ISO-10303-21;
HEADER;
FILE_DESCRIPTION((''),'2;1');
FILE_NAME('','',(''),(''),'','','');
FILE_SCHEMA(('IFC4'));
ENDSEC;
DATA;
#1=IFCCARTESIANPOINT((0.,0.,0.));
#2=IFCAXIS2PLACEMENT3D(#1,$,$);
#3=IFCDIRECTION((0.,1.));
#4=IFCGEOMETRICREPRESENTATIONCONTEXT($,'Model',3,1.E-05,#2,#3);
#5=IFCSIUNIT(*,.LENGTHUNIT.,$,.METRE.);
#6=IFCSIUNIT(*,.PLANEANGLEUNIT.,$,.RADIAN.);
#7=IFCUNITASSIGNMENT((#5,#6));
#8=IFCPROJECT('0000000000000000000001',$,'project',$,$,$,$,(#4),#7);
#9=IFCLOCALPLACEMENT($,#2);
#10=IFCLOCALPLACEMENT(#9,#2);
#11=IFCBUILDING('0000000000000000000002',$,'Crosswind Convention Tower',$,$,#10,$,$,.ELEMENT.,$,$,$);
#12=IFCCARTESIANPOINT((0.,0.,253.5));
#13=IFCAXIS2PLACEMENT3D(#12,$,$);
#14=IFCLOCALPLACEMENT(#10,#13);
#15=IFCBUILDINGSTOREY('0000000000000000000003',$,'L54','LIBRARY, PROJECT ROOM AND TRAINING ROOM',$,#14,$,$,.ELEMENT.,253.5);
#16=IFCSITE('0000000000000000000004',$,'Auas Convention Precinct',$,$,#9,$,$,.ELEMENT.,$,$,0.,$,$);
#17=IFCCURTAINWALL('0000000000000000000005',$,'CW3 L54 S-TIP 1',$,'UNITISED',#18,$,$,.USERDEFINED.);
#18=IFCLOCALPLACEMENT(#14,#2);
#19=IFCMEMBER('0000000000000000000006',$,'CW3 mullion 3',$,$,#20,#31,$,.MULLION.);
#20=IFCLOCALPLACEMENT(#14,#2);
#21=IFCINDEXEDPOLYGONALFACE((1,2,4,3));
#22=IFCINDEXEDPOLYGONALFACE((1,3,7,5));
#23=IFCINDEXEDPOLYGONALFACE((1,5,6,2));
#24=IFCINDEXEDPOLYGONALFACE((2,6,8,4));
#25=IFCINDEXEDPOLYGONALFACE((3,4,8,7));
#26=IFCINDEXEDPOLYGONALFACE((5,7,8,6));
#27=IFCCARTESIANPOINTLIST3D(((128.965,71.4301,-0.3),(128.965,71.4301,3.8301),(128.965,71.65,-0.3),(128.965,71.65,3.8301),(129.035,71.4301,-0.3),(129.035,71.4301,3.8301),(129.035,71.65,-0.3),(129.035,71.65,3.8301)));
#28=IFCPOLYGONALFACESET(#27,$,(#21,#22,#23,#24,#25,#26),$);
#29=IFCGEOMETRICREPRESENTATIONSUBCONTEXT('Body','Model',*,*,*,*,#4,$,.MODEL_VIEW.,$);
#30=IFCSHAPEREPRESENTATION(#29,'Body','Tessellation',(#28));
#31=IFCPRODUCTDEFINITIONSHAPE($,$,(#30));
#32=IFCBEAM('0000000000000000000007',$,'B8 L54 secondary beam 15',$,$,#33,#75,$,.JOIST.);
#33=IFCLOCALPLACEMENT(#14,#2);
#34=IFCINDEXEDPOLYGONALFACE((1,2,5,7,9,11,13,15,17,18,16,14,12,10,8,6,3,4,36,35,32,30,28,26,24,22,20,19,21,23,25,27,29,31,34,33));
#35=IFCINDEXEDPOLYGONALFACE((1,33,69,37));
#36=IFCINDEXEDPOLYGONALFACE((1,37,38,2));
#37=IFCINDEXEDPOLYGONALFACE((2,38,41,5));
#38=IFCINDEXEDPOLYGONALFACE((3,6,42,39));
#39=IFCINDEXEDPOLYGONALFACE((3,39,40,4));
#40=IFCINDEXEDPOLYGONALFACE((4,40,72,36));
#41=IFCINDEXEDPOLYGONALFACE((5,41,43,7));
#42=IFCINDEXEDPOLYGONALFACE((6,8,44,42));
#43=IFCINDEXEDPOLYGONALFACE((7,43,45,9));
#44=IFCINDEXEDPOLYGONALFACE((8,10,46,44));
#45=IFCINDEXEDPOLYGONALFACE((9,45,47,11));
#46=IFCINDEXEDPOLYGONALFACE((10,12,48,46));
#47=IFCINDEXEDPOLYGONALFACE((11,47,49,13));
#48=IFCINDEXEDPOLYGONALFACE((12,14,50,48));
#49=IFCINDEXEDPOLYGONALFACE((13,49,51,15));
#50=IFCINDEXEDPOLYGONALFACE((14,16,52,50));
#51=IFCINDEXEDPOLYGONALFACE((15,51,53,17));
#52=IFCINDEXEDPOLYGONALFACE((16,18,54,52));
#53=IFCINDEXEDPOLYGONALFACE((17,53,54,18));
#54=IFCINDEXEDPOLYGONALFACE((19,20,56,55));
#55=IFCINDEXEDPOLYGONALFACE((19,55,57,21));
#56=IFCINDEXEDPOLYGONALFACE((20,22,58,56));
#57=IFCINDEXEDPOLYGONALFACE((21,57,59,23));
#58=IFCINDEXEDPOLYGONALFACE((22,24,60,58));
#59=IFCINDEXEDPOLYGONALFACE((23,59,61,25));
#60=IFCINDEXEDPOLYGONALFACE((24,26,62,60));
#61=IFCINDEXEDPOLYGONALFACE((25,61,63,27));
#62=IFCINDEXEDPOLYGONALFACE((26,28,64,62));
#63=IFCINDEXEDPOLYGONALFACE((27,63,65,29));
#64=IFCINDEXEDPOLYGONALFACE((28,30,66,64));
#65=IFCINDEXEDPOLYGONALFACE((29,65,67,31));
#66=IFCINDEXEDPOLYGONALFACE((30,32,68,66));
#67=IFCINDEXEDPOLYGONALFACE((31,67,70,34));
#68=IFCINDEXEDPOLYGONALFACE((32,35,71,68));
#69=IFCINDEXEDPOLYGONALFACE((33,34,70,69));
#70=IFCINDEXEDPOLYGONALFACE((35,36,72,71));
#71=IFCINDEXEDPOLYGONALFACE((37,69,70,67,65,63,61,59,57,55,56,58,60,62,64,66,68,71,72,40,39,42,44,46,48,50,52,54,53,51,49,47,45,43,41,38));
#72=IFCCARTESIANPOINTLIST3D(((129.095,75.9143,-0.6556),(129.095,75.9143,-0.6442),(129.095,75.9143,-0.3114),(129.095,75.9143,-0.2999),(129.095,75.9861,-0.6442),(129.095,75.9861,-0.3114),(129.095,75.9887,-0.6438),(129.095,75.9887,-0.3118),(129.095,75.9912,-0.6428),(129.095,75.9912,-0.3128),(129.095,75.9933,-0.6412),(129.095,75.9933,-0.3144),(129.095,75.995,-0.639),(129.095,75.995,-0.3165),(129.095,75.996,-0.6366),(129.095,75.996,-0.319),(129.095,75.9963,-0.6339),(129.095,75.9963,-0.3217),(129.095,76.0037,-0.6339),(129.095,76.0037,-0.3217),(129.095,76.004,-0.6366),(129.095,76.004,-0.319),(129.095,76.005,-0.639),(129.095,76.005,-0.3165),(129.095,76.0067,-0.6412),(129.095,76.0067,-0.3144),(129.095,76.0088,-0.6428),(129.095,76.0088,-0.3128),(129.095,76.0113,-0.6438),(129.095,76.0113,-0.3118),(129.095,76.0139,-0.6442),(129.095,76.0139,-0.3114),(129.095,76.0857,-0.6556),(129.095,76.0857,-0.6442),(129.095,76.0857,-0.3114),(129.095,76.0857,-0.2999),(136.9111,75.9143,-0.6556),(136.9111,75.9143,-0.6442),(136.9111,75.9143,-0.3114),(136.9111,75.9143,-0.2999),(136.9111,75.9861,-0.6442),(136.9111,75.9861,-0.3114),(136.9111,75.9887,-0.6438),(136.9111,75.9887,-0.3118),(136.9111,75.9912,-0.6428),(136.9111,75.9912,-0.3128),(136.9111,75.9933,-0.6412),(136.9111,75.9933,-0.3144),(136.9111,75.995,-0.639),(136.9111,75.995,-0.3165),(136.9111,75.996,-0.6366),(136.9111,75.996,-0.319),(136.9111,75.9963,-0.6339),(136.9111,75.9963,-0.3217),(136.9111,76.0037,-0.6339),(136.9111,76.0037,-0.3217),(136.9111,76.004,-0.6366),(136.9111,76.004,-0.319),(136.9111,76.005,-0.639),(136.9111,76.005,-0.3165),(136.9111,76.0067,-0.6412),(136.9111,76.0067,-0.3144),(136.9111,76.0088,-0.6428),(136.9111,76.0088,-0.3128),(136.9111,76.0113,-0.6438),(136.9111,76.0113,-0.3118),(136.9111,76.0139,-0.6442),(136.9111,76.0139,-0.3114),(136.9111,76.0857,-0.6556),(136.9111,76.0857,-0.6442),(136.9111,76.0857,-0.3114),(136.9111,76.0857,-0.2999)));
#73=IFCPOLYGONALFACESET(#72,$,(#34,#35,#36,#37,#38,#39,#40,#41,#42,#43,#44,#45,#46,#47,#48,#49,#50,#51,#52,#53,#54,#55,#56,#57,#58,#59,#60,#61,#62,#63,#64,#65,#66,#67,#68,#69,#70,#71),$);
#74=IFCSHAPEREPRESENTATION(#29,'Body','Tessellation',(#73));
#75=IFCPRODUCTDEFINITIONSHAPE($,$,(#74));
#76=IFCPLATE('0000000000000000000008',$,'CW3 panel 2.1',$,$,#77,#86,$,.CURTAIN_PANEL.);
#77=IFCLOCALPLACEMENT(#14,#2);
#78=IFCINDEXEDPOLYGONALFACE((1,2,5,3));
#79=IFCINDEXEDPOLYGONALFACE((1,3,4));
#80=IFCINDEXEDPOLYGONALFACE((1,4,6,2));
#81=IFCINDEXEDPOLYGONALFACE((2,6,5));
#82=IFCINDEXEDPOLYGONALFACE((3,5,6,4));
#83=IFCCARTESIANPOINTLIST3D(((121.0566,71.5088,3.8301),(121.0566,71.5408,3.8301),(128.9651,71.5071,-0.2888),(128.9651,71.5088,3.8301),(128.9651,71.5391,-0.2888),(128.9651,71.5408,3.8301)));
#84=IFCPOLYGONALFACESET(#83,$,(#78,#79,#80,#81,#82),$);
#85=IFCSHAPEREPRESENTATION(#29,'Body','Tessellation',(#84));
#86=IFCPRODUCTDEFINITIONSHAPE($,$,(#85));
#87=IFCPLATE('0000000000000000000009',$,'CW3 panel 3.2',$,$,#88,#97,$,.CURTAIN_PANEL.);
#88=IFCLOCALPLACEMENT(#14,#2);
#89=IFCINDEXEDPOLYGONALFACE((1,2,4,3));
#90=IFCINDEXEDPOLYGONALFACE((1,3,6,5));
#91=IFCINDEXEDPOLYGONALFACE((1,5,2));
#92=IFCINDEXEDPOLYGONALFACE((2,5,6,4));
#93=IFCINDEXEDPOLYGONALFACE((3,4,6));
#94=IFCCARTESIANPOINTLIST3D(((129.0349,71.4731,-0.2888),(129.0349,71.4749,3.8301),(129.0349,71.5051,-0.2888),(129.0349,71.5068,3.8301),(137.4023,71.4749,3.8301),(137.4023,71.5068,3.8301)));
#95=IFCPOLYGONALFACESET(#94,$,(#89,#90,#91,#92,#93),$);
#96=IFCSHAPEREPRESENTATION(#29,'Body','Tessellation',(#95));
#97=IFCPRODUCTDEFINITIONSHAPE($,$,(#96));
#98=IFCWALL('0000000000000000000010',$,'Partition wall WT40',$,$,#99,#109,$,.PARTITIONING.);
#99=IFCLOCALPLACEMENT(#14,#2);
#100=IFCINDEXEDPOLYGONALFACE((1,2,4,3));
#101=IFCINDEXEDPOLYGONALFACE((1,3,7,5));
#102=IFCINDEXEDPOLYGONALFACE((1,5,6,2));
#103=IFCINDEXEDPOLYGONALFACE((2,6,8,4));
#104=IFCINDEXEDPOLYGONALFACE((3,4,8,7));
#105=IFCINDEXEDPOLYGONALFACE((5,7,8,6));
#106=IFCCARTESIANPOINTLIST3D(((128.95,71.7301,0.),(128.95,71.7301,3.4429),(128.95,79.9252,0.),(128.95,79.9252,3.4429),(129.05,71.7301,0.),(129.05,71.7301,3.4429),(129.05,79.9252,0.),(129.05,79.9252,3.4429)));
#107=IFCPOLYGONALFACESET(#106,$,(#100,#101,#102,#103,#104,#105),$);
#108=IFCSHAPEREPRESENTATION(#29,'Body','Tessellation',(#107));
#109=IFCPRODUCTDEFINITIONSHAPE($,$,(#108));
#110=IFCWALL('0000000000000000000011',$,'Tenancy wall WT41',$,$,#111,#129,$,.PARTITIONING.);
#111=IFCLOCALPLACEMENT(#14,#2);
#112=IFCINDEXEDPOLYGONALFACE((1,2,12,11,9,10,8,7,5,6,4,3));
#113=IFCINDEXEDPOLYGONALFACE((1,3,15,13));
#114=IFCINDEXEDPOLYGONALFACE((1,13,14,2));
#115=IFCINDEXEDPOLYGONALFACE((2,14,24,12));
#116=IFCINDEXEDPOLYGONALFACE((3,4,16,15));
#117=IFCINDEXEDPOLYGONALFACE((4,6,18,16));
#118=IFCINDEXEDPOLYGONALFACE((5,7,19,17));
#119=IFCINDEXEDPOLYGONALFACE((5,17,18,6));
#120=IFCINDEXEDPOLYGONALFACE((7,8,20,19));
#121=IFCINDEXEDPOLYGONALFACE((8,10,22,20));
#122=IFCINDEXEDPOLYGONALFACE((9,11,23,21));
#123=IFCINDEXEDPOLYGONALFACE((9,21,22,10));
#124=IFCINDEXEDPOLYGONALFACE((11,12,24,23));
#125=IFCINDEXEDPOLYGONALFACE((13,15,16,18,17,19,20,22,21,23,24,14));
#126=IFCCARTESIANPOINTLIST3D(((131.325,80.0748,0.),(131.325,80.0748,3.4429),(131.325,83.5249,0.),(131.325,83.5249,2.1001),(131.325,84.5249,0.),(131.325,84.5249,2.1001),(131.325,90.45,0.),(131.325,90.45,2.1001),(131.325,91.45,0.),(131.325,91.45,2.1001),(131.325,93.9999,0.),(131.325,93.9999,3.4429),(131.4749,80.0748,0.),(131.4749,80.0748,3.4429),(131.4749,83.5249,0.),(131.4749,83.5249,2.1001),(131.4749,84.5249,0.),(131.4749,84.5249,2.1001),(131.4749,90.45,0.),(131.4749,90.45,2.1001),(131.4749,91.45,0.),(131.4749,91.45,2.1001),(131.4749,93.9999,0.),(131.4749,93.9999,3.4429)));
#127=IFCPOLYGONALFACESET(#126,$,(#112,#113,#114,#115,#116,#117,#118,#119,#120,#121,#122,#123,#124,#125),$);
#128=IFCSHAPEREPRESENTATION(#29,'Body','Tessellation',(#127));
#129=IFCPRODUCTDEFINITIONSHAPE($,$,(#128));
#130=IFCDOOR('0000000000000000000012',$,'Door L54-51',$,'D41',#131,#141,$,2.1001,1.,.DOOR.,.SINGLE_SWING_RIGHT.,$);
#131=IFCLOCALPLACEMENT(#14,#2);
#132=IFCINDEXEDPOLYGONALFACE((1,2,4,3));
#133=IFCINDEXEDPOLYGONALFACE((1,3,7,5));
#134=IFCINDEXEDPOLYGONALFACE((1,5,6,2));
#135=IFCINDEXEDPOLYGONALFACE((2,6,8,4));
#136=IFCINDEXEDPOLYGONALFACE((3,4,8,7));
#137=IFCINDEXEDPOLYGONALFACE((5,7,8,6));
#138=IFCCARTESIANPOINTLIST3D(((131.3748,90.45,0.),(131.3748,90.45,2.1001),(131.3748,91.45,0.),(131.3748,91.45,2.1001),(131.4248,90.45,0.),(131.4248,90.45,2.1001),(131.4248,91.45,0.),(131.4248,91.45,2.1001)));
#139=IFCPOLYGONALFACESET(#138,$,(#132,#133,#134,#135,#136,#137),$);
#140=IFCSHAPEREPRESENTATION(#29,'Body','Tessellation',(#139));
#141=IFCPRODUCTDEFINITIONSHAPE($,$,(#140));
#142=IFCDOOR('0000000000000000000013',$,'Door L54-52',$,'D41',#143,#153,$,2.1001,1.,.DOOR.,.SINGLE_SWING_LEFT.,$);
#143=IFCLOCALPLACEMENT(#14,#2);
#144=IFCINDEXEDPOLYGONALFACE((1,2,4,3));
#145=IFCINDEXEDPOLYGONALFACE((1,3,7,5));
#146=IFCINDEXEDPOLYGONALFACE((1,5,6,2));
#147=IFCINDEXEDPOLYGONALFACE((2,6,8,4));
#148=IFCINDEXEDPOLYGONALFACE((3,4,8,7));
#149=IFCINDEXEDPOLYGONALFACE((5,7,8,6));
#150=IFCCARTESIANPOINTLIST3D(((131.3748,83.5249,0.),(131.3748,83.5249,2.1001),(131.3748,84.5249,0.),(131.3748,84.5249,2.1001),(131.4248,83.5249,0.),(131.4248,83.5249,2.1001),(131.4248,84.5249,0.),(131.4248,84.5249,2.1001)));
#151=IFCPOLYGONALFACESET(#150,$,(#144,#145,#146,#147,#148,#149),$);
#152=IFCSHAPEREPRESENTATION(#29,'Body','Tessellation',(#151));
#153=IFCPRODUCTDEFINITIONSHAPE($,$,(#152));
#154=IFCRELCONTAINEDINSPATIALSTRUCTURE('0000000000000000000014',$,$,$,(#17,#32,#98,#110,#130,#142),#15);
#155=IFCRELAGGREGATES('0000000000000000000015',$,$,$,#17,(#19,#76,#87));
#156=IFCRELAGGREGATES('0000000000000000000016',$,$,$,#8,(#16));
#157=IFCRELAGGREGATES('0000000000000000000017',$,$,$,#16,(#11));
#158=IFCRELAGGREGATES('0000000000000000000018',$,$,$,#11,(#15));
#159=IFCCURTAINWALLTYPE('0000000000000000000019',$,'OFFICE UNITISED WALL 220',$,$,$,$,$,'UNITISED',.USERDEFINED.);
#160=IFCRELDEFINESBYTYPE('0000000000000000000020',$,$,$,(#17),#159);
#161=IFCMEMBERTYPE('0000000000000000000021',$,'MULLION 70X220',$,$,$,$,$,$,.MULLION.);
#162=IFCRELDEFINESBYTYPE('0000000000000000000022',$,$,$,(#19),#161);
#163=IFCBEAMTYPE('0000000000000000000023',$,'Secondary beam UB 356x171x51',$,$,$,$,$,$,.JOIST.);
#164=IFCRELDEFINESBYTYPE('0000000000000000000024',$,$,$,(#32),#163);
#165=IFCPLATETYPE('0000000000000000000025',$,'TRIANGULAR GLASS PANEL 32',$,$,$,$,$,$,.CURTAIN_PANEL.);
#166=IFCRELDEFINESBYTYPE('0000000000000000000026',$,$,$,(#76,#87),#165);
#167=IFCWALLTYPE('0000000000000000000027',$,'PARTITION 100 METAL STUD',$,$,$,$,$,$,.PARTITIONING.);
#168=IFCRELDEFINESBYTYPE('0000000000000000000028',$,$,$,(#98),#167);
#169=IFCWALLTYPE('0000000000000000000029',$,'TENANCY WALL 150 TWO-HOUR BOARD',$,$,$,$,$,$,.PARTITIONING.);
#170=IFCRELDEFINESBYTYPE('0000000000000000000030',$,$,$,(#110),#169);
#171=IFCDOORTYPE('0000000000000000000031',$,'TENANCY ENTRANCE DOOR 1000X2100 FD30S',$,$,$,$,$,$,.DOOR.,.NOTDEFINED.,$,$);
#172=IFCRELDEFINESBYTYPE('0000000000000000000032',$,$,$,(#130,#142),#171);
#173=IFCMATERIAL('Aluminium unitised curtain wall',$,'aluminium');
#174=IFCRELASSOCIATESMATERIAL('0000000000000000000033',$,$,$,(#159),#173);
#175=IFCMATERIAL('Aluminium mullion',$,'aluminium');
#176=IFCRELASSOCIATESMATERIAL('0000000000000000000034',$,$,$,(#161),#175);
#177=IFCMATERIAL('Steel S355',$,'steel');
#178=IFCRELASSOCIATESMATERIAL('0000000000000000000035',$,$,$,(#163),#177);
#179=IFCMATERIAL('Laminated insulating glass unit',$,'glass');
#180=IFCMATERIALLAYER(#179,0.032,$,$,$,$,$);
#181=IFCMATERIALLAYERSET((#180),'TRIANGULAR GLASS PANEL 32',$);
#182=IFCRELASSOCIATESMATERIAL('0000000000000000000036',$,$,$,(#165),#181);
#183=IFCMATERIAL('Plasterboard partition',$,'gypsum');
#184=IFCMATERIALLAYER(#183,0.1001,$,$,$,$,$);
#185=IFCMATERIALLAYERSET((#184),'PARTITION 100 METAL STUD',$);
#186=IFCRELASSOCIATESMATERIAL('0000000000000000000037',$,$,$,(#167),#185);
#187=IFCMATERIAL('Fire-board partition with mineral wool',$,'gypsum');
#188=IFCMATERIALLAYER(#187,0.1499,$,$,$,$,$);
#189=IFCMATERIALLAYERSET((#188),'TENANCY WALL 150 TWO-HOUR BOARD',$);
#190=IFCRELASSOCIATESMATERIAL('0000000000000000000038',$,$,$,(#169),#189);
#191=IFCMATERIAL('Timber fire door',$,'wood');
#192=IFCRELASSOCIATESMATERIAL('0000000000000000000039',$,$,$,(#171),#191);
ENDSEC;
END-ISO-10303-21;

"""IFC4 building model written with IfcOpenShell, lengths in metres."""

from ifc_helpers import new_model, si_unit, direction, frame, frame_2d, origin, origin_2d, place, context, subcontext, project, spatial, polyline, rectangle, i_section, outline, extrude, material, layer, layer_set, material_profile, profile_set, type_object, element, fill, aggregate, save


model = new_model("IFC4")

# Units and contexts
model_context = context("Model", 3, precision=1e-05, world=origin(), true_north=direction((0.0, 1.0)))
body_context = subcontext(model_context, "Body", "Model", "MODEL_VIEW")
ifc_project = project(units=[si_unit("LENGTHUNIT", "METRE"), si_unit("PLANEANGLEUNIT", "RADIAN")], contexts=[model_context])

# Site, building, storey
site_placement = place(None, origin())
site = spatial("IfcSite", under=ifc_project, at=site_placement, Name="Auas Convention Precinct", CompositionType="ELEMENT", RefElevation=0.0)
building_placement = place(site_placement, origin())
building = spatial("IfcBuilding", under=site, at=building_placement, Name="Crosswind Convention Tower", CompositionType="ELEMENT")
storey_placement = place(building_placement, frame((0.0, 0.0, 253.5)))
storey = spatial("IfcBuildingStorey", under=building, at=storey_placement, Name="L54", Description="LIBRARY, PROJECT ROOM AND TRAINING ROOM", CompositionType="ELEMENT", Elevation=253.5)

# Shared definitions
ifc_material_1 = material(Name="Steel S355", Category="steel")

# Curtain wall, member
ifc_material_2 = material(Name="Aluminium unitised curtain wall", Category="aluminium")
curtain_wall_type = type_object("IfcCurtainWallType", Name="OFFICE UNITISED WALL 220", ElementType="UNITISED", PredefinedType="USERDEFINED", material=ifc_material_2)
curtain_wall_placement = place(storey_placement, origin())
curtain_wall = element("IfcCurtainWall", 1, at=curtain_wall_placement, inside=storey, type_object=curtain_wall_type, Name="CW3 L54 S-TIP 1", ObjectType="UNITISED", PredefinedType="USERDEFINED")
ifc_material_3 = material(Name="Aluminium mullion", Category="aluminium")
ifc_material_profile_1 = material_profile(ifc_material_3, rectangle(XDim=0.22, YDim=0.0701, at=origin_2d()), Name="AL 220X70")
ifc_profile_set_1 = profile_set([ifc_material_profile_1], Name="Aluminium mullion")
member_type = type_object("IfcMemberType", Name="MULLION 70X220", PredefinedType="MULLION", material=ifc_profile_set_1)
member_placement = place(storey_placement, frame((129.0, 71.54, -0.3), z_axis=(0.0, 0.0, 1.0), x_axis=(0.0, -1.0, 0.0)))
member = element("IfcMember", 2, at=member_placement, type_object=member_type, Name="CW3 mullion 3", PredefinedType="MULLION", context=body_context, shape_type="SweptSolid", body=[
    extrude(rectangle(XDim=0.22, YDim=0.0701, at=origin_2d()), origin(), (0.0, 0.0, 1.0), 4.1301),
])

# Beam
ifc_material_profile_2 = material_profile(ifc_material_1, i_section(OverallWidth=0.1714, OverallDepth=0.3557, WebThickness=0.0073, FlangeThickness=0.0115, FilletRadius=0.0103, at=origin_2d()), Name="UB 356x171x51")
ifc_profile_set_2 = profile_set([ifc_material_profile_2], Name="Steel S355")
beam_type_1 = type_object("IfcBeamType", Name="Secondary beam UB 356x171x51", PredefinedType="JOIST", material=ifc_profile_set_2)
beam_1_placement = place(storey_placement, frame((129.095, 76.0, -0.4778), z_axis=(1.0, 0.0, 0.0), x_axis=(0.0, 1.0, 0.0)))
element("IfcBeam", 3, at=beam_1_placement, inside=storey, type_object=beam_type_1, Name="B8 L54 secondary beam 15", PredefinedType="JOIST", context=body_context, shape_type="SweptSolid", body=[
    extrude(i_section(OverallWidth=0.1714, OverallDepth=0.3557, WebThickness=0.0073, FlangeThickness=0.0115, FilletRadius=0.0103, at=origin_2d()), origin(), (0.0, 0.0, 1.0), 7.8162),
])

# Plates
ifc_material_4 = material(Name="Laminated insulating glass unit", Category="glass")
ifc_layer_1 = layer(ifc_material_4, 0.032)
ifc_layer_set_1 = layer_set([ifc_layer_1], Name="TRIANGULAR GLASS PANEL 32")
plate_type = type_object("IfcPlateType", Name="TRIANGULAR GLASS PANEL 32", PredefinedType="CURTAIN_PANEL", material=ifc_layer_set_1)
plate_1_placement = place(storey_placement, frame((128.9651, 71.5088, 3.8301), z_axis=(0.0, -1.0, 0.000415), x_axis=(-1.0, 0.0, 0.0)))
plate_1 = element("IfcPlate", 4, at=plate_1_placement, type_object=plate_type, Name="CW3 panel 2.1", PredefinedType="CURTAIN_PANEL", context=body_context, shape_type="SweptSolid", body=[
    extrude(outline(polyline([(0.0, 0.0), (7.9084, 0.0), (0.0, 4.1189), (0.0, 0.0)])), origin(), (0.0, 0.0, -1.0), 0.032),
])
plate_2_placement = place(storey_placement, frame((129.0349, 71.4749, 3.8301), z_axis=(0.0, -1.0, 0.000415), x_axis=(0.0, -0.000415, -1.0)))
plate_2 = element("IfcPlate", 5, at=plate_2_placement, type_object=plate_type, Name="CW3 panel 3.2", PredefinedType="CURTAIN_PANEL", context=body_context, shape_type="SweptSolid", body=[
    extrude(outline(polyline([(0.0, 0.0), (4.1189, 0.0), (0.0, 8.3674), (0.0, 0.0)])), origin(), (0.0, 0.0, -1.0), 0.032),
])
aggregate(curtain_wall, [member, plate_1, plate_2])

# Wall
ifc_material_5 = material(Name="Plasterboard partition", Category="gypsum")
ifc_layer_2 = layer(ifc_material_5, 0.1001)
ifc_layer_set_2 = layer_set([ifc_layer_2], Name="PARTITION 100 METAL STUD")
wall_type_1 = type_object("IfcWallType", Name="PARTITION 100 METAL STUD", PredefinedType="PARTITIONING", material=ifc_layer_set_2)
wall_1_placement = place(storey_placement, frame((129.0, 71.73, 0.0), z_axis=(0.0, 0.0, 1.0), x_axis=(0.0, 1.0, 0.0)))
element("IfcWall", 6, at=wall_1_placement, inside=storey, type_object=wall_type_1, Name="Partition wall WT40", PredefinedType="PARTITIONING", context=body_context, shape_type="SweptSolid", body=[
    extrude(rectangle(XDim=8.1951, YDim=0.1001, at=frame_2d((4.0977, 0.0))), origin(), (0.0, 0.0, 1.0), 3.4429),
])

# Wall, openings, doors
ifc_material_6 = material(Name="Fire-board partition with mineral wool", Category="gypsum")
ifc_layer_3 = layer(ifc_material_6, 0.1499)
ifc_layer_set_3 = layer_set([ifc_layer_3], Name="TENANCY WALL 150 TWO-HOUR BOARD")
wall_type_2 = type_object("IfcWallType", Name="TENANCY WALL 150 TWO-HOUR BOARD", PredefinedType="PARTITIONING", material=ifc_layer_set_3)
wall_2_placement = place(storey_placement, frame((131.3999, 80.075, 0.0), z_axis=(0.0, 0.0, 1.0), x_axis=(0.0, 1.0, 0.0)))
wall_2 = element("IfcWall", 7, at=wall_2_placement, inside=storey, type_object=wall_type_2, Name="Tenancy wall WT41", PredefinedType="PARTITIONING", context=body_context, shape_type="SweptSolid", body=[
    extrude(rectangle(XDim=13.925, YDim=0.1499, at=frame_2d((6.9624, 0.0))), origin(), (0.0, 0.0, 1.0), 3.4429),
])
opening_1_placement = place(wall_2_placement, frame((10.375, 0.0, 0.0)))
opening_1 = element("IfcOpeningElement", 8, at=opening_1_placement, cuts=wall_2, PredefinedType="OPENING", context=body_context, shape_type="SweptSolid", body=[
    extrude(rectangle(XDim=1.0, YDim=2.1001, at=frame_2d((0.5, 1.05))), frame((0.0, 0.085, 0.0), z_axis=(0.0, -1.0, 0.0), x_axis=(1.0, 0.0, 0.0)), (0.0, 0.0, 1.0), 0.1699),
])
opening_2_placement = place(wall_2_placement, frame((3.45, 0.0, 0.0)))
opening_2 = element("IfcOpeningElement", 9, at=opening_2_placement, cuts=wall_2, PredefinedType="OPENING", context=body_context, shape_type="SweptSolid", body=[
    extrude(rectangle(XDim=1.0, YDim=2.1001, at=frame_2d((0.5, 1.05))), frame((0.0, 0.085, 0.0), z_axis=(0.0, -1.0, 0.0), x_axis=(1.0, 0.0, 0.0)), (0.0, 0.0, 1.0), 0.1699),
])
ifc_material_7 = material(Name="Timber fire door", Category="wood")
door_type = type_object("IfcDoorType", Name="TENANCY ENTRANCE DOOR 1000X2100 FD30S", OperationType="NOTDEFINED", PredefinedType="DOOR", material=ifc_material_7)
door_1_placement = place(opening_1_placement, frame((1.0, 0.0, 0.0), z_axis=(0.0, 0.0, 1.0), x_axis=(-1.0, 0.0, 0.0)))
door_1 = element("IfcDoor", 10, at=door_1_placement, inside=storey, type_object=door_type, Name="Door L54-51", ObjectType="D41", OperationType="SINGLE_SWING_RIGHT", OverallHeight=2.1001, OverallWidth=1.0, PredefinedType="DOOR", context=body_context, shape_type="SweptSolid", body=[
    extrude(rectangle(XDim=1.0, YDim=2.1001, at=frame_2d((0.5, 1.05))), frame((0.0, 0.0249, 0.0), z_axis=(0.0, -1.0, 0.0), x_axis=(1.0, 0.0, 0.0)), (0.0, 0.0, 1.0), 0.05),
])
fill(opening_1, door_1)
door_2_placement = place(opening_2_placement, frame((1.0, 0.0, 0.0), z_axis=(0.0, 0.0, 1.0), x_axis=(-1.0, 0.0, 0.0)))
door_2 = element("IfcDoor", 11, at=door_2_placement, inside=storey, type_object=door_type, Name="Door L54-52", ObjectType="D41", OperationType="SINGLE_SWING_LEFT", OverallHeight=2.1001, OverallWidth=1.0, PredefinedType="DOOR", context=body_context, shape_type="SweptSolid", body=[
    extrude(rectangle(XDim=1.0, YDim=2.1001, at=frame_2d((0.5, 1.05))), frame((0.0, 0.0249, 0.0), z_axis=(0.0, -1.0, 0.0), x_axis=(1.0, 0.0, 0.0)), (0.0, 0.0, 1.0), 0.05),
])
fill(opening_2, door_2)

save(model, "model.ifc")
